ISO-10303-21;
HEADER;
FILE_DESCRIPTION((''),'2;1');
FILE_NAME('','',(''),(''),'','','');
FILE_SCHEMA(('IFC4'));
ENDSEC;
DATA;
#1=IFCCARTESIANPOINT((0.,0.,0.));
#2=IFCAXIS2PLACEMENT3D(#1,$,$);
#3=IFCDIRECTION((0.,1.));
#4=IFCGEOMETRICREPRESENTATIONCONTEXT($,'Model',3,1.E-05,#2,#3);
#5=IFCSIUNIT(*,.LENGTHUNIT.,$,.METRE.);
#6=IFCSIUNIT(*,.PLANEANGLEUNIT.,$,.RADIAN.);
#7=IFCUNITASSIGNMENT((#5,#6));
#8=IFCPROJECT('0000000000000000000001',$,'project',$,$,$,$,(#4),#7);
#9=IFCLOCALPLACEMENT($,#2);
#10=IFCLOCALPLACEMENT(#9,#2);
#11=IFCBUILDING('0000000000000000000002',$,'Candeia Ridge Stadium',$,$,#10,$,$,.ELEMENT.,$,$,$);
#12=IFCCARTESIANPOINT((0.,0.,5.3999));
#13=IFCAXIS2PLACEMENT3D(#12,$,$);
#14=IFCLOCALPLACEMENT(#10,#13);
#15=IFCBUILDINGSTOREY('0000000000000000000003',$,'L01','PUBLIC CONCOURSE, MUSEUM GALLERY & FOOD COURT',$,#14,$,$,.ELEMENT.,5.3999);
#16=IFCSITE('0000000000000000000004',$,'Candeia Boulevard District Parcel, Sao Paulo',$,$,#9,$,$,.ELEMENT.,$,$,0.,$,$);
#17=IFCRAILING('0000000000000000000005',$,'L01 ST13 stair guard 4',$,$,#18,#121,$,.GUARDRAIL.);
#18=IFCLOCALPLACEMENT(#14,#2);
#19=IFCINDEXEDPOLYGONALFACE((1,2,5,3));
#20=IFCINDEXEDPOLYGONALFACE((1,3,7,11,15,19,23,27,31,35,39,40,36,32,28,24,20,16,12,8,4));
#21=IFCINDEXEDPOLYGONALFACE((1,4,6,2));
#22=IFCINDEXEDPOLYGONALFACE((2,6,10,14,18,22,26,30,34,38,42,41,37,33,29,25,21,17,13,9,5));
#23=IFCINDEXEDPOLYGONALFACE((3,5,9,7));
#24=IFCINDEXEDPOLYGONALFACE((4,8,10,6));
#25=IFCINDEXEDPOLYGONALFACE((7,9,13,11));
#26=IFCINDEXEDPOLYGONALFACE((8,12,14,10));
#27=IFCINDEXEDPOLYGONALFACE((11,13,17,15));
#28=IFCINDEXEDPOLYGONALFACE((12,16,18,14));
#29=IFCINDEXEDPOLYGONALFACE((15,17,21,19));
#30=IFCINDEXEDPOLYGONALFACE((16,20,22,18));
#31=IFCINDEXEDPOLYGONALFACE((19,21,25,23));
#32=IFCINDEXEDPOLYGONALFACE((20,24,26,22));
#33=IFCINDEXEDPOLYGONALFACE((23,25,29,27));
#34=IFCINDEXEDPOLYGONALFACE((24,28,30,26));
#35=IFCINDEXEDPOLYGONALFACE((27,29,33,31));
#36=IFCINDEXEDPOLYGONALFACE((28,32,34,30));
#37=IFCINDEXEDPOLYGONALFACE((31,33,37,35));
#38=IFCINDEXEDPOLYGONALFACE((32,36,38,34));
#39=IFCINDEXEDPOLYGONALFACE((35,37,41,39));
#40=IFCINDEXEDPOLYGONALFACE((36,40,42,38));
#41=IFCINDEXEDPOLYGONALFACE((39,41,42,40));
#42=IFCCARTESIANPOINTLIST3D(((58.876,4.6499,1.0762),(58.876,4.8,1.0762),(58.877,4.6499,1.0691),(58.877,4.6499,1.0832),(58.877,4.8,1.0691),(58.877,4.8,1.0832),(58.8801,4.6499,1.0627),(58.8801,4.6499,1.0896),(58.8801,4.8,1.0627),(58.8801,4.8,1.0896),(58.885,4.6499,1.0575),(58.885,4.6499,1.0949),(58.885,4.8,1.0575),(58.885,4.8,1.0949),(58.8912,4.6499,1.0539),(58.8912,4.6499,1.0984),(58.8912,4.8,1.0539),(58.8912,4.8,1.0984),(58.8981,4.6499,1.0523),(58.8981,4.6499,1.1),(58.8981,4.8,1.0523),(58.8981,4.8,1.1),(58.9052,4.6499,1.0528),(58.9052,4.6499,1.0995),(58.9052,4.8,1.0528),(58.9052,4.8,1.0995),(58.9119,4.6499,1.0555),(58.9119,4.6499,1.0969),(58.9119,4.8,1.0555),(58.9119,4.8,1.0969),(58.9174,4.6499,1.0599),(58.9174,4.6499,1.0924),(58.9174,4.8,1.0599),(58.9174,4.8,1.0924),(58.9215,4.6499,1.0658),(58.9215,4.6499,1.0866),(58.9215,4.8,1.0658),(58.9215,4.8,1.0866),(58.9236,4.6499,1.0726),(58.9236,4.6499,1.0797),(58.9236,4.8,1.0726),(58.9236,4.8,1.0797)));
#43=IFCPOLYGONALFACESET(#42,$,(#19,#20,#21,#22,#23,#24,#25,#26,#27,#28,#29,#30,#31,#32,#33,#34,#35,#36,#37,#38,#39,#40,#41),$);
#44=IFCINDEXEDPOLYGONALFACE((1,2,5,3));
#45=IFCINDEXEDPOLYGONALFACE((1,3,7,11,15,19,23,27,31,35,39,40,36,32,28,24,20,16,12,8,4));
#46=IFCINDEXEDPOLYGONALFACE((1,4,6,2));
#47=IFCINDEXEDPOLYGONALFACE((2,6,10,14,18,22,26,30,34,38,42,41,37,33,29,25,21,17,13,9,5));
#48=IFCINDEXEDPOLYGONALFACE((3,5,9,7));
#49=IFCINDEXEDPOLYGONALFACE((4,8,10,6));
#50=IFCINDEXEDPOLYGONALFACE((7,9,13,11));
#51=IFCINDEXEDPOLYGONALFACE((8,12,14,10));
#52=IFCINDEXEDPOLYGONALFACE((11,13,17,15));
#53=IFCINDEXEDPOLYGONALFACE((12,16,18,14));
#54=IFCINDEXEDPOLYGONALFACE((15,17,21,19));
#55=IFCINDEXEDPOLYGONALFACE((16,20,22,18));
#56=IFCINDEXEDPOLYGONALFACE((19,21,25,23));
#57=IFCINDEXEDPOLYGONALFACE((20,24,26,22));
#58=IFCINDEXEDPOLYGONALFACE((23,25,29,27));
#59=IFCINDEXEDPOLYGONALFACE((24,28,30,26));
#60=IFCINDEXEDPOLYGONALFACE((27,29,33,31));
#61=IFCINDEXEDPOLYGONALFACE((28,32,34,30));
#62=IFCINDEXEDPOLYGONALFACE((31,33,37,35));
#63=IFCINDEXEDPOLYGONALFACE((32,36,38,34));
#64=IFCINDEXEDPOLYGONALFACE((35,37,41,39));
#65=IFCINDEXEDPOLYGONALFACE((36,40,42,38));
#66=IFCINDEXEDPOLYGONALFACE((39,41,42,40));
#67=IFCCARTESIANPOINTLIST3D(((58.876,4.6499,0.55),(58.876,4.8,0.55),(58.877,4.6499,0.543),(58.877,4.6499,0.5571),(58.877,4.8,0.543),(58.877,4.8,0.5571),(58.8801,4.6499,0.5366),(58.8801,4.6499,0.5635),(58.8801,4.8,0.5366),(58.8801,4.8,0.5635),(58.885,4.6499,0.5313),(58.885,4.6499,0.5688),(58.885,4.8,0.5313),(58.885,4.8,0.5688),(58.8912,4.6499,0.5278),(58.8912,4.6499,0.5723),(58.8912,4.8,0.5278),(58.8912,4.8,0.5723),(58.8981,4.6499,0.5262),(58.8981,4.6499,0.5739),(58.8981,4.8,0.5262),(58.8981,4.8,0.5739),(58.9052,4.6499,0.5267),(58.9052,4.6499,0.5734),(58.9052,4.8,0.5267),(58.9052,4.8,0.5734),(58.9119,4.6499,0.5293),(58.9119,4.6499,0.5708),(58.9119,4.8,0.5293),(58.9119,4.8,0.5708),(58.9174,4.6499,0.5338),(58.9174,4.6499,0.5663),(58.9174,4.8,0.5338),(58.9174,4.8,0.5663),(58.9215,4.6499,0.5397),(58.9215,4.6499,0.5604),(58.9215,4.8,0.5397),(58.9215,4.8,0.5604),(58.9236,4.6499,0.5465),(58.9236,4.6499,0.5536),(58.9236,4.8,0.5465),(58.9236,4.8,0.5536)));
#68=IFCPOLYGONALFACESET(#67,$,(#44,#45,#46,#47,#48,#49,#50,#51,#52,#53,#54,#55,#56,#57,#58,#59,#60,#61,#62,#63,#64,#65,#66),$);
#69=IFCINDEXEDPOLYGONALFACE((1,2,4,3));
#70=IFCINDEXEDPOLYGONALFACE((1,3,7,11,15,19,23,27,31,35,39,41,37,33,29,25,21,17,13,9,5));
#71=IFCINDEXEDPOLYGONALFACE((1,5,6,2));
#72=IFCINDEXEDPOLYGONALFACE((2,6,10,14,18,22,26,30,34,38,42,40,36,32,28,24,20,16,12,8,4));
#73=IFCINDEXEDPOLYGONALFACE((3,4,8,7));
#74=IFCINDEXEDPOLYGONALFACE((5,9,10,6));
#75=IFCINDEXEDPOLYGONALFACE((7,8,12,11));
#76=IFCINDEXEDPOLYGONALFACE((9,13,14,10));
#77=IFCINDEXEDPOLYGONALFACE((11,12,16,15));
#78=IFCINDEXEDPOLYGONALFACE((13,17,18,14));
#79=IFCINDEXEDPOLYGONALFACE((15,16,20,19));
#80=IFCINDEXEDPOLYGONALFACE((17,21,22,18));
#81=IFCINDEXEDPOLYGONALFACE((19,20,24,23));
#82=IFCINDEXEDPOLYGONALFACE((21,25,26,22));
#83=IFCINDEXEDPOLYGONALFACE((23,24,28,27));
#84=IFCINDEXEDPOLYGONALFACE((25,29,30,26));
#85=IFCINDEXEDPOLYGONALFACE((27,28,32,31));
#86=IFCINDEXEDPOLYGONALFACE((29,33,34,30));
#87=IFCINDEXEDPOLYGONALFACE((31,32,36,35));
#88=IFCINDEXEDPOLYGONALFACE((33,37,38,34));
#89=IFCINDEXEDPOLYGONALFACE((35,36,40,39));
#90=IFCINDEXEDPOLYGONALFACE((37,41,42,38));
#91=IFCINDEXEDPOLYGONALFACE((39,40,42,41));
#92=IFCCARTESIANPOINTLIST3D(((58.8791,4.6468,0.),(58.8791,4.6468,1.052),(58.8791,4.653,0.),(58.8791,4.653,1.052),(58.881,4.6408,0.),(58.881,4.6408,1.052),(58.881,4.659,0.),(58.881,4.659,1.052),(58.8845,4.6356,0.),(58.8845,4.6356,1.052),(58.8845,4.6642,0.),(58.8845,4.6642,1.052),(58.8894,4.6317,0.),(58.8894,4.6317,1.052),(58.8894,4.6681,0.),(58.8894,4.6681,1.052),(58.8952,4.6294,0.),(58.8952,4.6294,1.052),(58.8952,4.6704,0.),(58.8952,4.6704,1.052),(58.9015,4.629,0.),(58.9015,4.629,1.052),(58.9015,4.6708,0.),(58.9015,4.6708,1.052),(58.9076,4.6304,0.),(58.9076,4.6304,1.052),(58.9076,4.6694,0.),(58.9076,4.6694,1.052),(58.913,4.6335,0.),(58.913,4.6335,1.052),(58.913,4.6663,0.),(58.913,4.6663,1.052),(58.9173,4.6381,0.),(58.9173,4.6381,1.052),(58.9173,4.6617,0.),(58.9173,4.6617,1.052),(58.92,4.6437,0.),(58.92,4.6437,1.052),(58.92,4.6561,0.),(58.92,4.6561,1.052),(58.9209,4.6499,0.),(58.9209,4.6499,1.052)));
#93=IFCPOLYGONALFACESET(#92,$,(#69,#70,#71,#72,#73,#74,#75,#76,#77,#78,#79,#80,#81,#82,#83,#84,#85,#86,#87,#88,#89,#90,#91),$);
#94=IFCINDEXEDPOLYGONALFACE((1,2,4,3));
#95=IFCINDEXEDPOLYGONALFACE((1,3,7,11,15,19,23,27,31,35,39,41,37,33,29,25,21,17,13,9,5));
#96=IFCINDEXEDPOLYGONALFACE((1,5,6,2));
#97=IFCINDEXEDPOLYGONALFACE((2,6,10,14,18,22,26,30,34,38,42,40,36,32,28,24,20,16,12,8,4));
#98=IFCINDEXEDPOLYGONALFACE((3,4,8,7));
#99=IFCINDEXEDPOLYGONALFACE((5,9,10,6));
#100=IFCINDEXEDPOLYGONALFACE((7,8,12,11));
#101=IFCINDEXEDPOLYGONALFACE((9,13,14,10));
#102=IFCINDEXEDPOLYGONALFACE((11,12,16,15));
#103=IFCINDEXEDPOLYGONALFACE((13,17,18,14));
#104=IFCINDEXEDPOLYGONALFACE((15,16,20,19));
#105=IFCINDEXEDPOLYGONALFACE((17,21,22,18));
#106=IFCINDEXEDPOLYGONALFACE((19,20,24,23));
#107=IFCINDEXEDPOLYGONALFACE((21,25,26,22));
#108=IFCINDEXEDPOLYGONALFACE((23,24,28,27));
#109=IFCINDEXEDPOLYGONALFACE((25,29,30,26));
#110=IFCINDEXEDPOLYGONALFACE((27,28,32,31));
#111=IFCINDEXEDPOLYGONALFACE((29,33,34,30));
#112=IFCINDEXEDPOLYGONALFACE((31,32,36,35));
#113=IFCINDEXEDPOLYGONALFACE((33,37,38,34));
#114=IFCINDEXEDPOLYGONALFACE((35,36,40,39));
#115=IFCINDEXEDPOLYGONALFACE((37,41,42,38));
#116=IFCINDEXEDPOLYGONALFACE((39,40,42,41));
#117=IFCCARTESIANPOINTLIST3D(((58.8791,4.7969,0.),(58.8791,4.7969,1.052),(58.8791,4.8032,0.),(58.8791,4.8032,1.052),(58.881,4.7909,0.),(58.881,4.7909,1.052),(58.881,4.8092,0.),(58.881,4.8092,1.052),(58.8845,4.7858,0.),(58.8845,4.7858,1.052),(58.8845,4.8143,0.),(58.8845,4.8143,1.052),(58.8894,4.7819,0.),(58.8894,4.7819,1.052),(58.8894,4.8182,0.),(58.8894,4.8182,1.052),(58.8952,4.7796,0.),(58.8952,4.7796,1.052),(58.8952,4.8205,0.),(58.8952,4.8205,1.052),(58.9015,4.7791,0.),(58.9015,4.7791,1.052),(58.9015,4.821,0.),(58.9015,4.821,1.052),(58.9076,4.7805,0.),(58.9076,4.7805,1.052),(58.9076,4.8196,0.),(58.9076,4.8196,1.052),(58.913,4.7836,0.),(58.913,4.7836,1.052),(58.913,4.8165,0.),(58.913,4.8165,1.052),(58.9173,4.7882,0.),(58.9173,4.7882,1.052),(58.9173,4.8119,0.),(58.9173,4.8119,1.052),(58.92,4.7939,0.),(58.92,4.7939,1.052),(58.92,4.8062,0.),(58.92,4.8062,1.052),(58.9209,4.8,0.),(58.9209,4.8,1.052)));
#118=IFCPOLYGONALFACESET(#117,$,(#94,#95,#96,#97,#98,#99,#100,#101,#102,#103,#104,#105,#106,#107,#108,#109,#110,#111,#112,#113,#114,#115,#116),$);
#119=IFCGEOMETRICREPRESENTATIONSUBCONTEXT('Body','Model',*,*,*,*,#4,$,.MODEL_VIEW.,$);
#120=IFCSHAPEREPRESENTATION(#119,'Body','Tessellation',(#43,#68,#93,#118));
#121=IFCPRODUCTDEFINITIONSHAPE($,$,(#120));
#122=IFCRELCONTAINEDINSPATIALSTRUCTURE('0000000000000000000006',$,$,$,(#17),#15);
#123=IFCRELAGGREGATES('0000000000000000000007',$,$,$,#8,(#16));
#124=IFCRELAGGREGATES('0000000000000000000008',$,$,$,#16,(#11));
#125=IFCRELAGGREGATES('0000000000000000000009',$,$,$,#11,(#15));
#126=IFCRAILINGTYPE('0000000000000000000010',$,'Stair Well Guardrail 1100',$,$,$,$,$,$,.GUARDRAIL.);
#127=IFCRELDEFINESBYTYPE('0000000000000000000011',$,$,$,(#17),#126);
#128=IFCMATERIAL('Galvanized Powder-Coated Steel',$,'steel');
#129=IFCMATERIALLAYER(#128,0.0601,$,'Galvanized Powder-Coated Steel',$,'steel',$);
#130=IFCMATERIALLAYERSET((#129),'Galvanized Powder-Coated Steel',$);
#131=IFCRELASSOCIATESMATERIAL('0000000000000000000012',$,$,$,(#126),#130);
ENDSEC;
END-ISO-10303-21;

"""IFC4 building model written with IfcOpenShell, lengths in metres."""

from ifc_helpers import new_model, si_unit, direction, frame, origin, origin_2d, place, context, subcontext, project, spatial, circle, extrude, material, layer, layer_set, type_object, element, save


model = new_model("IFC4")

# Units and contexts
model_context = context("Model", 3, precision=1e-05, world=origin(), true_north=direction((0.0, 1.0)))
body_context = subcontext(model_context, "Body", "Model", "MODEL_VIEW")
ifc_project = project(units=[si_unit("LENGTHUNIT", "METRE"), si_unit("PLANEANGLEUNIT", "RADIAN")], contexts=[model_context])

# Site, building, storey
site_placement = place(None, origin())
site = spatial("IfcSite", under=ifc_project, at=site_placement, Name="Candeia Boulevard District Parcel, Sao Paulo", CompositionType="ELEMENT", RefElevation=0.0)
building_placement = place(site_placement, origin())
building = spatial("IfcBuilding", under=site, at=building_placement, Name="Candeia Ridge Stadium", CompositionType="ELEMENT")
storey_placement = place(building_placement, frame((0.0, 0.0, 5.3999)))
storey = spatial("IfcBuildingStorey", under=building, at=storey_placement, Name="L01", Description="PUBLIC CONCOURSE, MUSEUM GALLERY & FOOD COURT", CompositionType="ELEMENT", Elevation=5.3999)

# Railing
ifc_material_1 = material(Name="Galvanized Powder-Coated Steel", Category="steel")
ifc_layer_1 = layer(ifc_material_1, 0.0601, Name="Galvanized Powder-Coated Steel", Category="steel")
ifc_layer_set_1 = layer_set([ifc_layer_1], Name="Galvanized Powder-Coated Steel")
railing_type_1 = type_object("IfcRailingType", Name="Stair Well Guardrail 1100", PredefinedType="GUARDRAIL", material=ifc_layer_set_1)
railing_1_placement = place(storey_placement, frame((58.8999, 4.6499, 0.0)))
element("IfcRailing", 1, at=railing_1_placement, inside=storey, type_object=railing_type_1, Name="L01 ST13 stair guard 4", PredefinedType="GUARDRAIL", context=body_context, shape_type="SweptSolid", body=[
    extrude(circle(Radius=0.0239, at=origin_2d()), frame((0.0, 0.0, 1.0762), z_axis=(0.0, 1.0, 0.0), x_axis=(-1.0, 0.0, 0.0)), (0.0, 0.0, 1.0), 0.1501),
    extrude(circle(Radius=0.0239, at=origin_2d()), frame((0.0, 0.0, 0.55), z_axis=(0.0, 1.0, 0.0), x_axis=(-1.0, 0.0, 0.0)), (0.0, 0.0, 1.0), 0.1501),
    extrude(circle(Radius=0.021, at=origin_2d()), origin(), (0.0, 0.0, 1.0), 1.052),
    extrude(circle(Radius=0.021, at=origin_2d()), frame((0.0, 0.1501, 0.0)), (0.0, 0.0, 1.0), 1.052),
])

save(model, "model.ifc")
